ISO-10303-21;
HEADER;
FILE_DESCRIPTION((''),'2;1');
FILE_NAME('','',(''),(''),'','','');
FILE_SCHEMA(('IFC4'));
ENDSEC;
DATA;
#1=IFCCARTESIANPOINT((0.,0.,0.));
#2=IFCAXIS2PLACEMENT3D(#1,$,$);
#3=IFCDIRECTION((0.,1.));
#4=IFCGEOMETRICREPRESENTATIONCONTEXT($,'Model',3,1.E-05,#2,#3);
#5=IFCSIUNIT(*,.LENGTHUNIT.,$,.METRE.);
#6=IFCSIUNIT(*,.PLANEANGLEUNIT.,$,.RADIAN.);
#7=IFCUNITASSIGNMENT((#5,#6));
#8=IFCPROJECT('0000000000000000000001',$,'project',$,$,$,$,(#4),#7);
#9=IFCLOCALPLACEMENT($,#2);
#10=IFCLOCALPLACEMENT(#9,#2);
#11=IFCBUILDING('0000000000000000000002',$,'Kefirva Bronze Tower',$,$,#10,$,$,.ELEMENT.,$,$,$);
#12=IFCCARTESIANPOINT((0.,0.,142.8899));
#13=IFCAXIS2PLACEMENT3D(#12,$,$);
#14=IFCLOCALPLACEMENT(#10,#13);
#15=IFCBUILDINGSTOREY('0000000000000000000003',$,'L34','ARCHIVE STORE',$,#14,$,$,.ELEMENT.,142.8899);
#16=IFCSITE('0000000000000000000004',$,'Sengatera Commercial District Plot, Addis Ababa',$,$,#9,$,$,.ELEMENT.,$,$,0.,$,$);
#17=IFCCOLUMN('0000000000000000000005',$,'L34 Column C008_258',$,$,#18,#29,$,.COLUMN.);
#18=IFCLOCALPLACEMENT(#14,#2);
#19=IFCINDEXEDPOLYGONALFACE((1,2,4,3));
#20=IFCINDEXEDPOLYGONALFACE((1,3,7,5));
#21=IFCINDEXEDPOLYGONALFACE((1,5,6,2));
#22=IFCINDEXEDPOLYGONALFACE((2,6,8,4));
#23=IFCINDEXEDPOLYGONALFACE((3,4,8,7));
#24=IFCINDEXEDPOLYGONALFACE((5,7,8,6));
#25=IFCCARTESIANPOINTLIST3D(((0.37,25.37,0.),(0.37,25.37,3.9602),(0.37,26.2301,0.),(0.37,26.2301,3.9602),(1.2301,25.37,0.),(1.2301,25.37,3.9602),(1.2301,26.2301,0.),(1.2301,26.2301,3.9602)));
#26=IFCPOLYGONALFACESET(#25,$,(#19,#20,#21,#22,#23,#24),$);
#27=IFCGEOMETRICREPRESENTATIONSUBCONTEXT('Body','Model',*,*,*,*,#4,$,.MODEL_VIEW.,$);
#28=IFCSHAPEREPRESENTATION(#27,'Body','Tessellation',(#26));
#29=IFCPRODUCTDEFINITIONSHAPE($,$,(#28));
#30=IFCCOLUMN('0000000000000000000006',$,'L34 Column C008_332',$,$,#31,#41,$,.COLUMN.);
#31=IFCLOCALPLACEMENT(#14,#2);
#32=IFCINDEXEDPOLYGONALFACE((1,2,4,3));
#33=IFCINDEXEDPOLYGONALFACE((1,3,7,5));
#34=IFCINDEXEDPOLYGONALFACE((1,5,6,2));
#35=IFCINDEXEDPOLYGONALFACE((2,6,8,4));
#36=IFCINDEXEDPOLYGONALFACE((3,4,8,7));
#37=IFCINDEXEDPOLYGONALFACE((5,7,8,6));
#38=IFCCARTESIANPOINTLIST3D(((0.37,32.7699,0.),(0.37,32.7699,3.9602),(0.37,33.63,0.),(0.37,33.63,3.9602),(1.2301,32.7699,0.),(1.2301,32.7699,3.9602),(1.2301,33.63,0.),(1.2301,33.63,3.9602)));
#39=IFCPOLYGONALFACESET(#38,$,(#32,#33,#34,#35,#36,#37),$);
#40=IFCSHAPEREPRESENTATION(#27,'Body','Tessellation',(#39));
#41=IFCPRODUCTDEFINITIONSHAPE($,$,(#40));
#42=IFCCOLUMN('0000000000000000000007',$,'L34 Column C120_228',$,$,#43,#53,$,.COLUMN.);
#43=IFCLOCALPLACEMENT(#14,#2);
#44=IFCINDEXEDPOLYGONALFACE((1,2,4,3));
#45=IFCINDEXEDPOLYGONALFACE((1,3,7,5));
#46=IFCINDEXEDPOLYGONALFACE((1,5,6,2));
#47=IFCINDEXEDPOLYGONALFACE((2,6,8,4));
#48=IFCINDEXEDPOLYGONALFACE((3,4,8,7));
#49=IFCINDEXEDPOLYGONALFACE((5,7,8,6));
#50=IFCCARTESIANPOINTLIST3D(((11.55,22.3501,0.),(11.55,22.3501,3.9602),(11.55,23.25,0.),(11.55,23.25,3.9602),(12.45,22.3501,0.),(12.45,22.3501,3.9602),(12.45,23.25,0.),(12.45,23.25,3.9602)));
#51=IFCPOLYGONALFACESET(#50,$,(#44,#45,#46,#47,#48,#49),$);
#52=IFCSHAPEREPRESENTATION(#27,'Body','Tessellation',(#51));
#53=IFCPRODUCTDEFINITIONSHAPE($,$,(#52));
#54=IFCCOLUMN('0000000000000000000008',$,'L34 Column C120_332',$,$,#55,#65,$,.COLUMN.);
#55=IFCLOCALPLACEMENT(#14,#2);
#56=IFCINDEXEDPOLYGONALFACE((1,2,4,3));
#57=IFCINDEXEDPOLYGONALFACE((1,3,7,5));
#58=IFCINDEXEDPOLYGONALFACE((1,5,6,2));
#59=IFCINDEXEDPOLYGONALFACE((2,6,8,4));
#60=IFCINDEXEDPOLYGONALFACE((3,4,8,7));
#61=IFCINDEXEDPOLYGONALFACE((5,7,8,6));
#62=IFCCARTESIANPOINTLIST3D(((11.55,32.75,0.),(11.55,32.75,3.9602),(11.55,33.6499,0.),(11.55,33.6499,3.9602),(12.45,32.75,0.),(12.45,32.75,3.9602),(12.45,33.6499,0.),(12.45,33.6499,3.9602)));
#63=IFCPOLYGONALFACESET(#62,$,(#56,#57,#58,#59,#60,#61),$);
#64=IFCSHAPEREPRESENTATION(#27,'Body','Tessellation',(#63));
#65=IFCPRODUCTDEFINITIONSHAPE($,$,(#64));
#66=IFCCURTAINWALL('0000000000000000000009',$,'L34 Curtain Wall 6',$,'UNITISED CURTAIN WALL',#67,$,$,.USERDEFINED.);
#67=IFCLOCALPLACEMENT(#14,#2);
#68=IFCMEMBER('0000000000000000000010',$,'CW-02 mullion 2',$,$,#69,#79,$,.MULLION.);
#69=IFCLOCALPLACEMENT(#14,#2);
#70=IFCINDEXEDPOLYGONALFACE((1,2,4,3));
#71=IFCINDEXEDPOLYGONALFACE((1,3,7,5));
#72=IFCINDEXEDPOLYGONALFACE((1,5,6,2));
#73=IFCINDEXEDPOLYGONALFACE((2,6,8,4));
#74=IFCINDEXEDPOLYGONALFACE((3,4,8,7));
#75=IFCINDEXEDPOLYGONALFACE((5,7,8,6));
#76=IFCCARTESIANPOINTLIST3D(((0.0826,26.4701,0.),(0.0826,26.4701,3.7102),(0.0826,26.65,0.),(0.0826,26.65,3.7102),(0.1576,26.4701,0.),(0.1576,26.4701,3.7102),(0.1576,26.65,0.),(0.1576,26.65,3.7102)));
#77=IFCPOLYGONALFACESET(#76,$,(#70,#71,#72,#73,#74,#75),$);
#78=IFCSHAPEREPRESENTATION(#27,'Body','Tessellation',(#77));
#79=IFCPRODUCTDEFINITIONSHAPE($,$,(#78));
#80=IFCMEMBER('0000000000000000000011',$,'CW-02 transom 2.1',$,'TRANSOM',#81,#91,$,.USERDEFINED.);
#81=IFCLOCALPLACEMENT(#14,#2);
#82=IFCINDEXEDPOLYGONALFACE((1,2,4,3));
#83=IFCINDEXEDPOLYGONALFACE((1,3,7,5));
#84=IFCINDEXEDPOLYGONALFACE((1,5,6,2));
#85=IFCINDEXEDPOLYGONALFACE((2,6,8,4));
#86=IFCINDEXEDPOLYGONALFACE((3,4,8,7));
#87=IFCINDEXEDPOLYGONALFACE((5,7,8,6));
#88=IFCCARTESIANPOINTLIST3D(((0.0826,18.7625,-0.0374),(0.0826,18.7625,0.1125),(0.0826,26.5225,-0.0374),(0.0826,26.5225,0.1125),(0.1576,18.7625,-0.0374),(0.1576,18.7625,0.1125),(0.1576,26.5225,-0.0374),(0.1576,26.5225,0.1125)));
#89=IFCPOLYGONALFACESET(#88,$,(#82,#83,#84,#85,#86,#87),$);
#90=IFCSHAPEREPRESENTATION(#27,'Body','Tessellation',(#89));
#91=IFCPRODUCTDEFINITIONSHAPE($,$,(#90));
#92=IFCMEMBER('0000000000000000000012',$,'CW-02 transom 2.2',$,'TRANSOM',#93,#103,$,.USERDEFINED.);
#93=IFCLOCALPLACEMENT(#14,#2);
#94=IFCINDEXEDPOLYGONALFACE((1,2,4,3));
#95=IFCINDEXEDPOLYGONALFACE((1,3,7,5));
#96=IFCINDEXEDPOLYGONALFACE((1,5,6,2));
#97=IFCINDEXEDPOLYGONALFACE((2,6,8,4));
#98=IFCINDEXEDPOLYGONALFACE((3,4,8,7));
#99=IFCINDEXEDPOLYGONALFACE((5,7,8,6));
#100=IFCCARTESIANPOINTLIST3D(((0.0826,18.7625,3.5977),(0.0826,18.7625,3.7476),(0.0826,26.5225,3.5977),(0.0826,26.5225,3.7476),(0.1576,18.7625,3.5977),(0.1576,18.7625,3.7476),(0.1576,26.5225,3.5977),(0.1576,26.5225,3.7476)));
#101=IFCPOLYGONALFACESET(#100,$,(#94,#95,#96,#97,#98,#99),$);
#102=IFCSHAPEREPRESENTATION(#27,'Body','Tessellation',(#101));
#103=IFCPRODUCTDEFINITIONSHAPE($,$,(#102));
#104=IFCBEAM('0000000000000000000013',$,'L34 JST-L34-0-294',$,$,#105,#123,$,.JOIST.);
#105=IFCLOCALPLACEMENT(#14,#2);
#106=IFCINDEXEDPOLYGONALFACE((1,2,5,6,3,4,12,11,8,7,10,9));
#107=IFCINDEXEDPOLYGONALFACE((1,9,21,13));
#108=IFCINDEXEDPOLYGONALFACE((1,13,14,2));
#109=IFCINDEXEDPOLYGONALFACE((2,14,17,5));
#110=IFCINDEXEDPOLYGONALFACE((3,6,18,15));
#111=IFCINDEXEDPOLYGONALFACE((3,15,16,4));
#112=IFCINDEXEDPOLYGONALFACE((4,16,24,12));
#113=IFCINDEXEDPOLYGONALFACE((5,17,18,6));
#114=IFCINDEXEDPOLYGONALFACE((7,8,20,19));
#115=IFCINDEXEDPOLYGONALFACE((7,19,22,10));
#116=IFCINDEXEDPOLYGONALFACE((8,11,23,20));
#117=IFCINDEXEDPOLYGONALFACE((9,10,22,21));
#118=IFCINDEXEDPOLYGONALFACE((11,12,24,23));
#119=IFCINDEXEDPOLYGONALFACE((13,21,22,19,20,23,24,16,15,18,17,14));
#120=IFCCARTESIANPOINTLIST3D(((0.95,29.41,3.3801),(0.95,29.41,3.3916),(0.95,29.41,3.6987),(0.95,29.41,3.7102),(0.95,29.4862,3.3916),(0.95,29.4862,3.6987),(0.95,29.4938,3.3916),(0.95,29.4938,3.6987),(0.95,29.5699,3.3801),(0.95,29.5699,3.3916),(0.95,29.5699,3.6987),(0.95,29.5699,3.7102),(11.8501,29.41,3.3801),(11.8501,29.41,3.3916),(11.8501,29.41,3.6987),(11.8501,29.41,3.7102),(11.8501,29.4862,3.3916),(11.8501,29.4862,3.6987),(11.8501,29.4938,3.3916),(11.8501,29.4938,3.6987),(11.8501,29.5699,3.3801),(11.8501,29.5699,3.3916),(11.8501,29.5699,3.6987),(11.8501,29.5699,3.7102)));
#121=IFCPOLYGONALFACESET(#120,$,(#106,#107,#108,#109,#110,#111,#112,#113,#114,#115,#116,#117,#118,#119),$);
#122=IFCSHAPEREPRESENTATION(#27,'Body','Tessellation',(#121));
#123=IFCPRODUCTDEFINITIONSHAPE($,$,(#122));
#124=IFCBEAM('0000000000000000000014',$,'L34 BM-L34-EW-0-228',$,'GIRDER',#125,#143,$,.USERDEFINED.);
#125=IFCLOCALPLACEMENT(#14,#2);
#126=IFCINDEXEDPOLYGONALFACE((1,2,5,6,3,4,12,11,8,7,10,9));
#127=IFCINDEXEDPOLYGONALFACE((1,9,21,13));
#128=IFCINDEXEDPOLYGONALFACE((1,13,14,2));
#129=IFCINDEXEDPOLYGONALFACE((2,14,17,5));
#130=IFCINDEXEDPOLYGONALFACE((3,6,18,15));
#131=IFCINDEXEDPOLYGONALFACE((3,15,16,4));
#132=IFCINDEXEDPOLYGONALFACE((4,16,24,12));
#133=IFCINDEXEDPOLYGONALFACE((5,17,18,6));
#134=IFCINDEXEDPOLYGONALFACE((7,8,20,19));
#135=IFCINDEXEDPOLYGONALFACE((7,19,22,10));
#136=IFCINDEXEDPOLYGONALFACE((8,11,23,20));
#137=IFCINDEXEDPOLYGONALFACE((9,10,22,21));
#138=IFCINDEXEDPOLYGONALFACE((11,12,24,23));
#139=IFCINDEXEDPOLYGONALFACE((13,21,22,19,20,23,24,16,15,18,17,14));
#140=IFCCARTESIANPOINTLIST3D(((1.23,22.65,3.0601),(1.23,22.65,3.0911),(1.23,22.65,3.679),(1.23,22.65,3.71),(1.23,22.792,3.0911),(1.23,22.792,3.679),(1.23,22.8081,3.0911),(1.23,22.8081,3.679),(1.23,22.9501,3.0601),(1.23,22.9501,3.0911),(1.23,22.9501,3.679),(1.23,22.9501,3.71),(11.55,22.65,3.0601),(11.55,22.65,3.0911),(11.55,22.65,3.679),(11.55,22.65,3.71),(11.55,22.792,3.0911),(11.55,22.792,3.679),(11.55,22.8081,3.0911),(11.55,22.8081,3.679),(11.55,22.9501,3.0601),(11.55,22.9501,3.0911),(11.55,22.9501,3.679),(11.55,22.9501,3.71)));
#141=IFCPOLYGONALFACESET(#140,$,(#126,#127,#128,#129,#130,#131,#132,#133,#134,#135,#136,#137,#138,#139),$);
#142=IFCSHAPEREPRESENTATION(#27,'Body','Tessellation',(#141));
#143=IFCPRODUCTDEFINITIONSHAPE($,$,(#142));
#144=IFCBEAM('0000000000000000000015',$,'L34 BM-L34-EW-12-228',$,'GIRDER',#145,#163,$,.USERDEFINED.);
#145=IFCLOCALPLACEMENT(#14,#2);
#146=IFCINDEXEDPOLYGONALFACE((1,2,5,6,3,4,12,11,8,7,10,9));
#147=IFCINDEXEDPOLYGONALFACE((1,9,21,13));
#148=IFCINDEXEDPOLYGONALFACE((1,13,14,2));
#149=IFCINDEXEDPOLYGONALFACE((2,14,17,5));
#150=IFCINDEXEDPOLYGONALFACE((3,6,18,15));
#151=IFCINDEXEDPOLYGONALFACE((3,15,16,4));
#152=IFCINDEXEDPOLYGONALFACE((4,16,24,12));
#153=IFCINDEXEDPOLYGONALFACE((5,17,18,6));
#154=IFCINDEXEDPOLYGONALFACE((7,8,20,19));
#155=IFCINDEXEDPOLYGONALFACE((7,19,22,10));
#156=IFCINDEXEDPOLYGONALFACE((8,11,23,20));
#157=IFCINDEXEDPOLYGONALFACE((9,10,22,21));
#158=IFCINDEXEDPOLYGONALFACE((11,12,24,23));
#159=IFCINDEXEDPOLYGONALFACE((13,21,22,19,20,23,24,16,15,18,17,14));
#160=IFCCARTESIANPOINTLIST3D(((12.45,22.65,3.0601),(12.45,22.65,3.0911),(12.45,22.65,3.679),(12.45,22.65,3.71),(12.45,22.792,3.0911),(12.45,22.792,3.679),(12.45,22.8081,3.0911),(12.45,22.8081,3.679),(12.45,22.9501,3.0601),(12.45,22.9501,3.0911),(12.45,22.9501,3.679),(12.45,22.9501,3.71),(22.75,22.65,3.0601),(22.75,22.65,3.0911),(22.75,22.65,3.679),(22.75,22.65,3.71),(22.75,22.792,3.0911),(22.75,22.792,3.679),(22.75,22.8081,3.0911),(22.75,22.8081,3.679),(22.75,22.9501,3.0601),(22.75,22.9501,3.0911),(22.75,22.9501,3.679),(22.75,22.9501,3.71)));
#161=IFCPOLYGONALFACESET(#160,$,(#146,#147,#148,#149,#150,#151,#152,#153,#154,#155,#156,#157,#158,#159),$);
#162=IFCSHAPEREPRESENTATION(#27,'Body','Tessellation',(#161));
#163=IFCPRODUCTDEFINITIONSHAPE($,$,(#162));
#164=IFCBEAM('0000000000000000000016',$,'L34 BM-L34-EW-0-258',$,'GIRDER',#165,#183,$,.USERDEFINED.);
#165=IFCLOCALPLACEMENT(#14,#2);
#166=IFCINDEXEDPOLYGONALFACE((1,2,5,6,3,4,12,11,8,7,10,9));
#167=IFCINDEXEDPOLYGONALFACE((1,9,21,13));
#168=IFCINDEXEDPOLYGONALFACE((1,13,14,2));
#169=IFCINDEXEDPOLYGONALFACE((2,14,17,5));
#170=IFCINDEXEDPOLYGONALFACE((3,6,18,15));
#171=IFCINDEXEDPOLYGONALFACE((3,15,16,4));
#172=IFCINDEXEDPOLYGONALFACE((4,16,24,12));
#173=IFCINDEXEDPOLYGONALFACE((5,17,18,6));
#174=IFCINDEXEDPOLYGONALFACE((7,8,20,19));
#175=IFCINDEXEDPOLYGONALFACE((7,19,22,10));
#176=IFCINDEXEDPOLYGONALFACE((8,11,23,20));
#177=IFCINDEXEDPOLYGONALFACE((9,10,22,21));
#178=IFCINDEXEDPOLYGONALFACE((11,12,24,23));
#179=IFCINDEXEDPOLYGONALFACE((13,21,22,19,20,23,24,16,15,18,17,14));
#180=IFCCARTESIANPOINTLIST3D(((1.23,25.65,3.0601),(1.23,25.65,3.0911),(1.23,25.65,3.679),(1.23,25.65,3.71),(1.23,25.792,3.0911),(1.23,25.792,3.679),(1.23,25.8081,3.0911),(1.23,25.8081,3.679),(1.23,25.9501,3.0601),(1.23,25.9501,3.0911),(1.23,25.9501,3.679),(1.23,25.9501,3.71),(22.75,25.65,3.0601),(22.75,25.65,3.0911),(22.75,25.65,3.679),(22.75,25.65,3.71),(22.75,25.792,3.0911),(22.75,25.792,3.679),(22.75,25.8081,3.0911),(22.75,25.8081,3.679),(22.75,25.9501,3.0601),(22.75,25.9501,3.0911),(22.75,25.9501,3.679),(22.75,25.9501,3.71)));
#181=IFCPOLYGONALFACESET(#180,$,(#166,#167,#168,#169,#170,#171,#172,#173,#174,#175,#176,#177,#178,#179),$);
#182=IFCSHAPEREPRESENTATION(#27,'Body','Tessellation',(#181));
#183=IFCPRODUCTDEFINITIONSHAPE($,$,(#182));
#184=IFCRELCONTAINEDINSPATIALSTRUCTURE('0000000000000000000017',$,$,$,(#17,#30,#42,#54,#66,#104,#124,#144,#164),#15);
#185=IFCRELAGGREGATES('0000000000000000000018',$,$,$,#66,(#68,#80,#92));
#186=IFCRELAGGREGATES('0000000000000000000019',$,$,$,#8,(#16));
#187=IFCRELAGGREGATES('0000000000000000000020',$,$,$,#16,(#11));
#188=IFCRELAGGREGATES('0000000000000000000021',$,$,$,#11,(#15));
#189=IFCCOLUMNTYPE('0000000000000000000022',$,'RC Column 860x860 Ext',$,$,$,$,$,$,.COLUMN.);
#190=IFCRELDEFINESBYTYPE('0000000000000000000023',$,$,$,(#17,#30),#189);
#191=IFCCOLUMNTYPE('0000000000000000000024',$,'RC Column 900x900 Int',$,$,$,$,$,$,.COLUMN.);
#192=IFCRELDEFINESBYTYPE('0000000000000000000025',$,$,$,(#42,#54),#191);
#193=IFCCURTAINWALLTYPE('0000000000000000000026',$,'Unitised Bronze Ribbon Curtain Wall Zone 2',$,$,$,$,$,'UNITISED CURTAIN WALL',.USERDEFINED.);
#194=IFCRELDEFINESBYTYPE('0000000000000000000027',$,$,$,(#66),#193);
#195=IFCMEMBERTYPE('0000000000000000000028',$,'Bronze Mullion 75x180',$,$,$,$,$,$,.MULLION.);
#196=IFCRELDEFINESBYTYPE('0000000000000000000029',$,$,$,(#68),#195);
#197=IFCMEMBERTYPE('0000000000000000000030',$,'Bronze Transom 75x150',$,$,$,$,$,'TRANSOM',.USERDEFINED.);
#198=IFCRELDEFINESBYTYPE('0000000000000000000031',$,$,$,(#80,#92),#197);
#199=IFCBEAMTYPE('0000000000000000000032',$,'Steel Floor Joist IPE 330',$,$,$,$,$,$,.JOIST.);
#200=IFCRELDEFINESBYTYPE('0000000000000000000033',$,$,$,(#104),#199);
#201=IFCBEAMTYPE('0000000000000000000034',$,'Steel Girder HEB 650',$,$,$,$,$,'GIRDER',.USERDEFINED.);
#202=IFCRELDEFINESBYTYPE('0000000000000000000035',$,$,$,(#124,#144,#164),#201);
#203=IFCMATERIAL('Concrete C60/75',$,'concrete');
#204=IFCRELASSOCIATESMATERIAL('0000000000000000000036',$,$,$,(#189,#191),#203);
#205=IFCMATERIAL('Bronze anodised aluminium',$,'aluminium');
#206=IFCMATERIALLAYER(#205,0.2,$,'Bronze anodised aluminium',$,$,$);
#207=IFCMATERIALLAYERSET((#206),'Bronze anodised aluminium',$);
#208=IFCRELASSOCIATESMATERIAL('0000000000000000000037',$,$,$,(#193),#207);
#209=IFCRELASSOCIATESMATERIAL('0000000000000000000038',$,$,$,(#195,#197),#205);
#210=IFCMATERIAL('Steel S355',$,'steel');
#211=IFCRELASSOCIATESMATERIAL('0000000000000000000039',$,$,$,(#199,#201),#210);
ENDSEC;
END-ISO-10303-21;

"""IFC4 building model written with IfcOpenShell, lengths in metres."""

from ifc_helpers import new_model, si_unit, direction, frame, origin, origin_2d, place, context, subcontext, project, spatial, rectangle, i_section, extrude, material, layer, layer_set, material_profile, profile_set, type_object, element, aggregate, save


model = new_model("IFC4")

# Units and contexts
model_context = context("Model", 3, precision=1e-05, world=origin(), true_north=direction((0.0, 1.0)))
body_context = subcontext(model_context, "Body", "Model", "MODEL_VIEW")
ifc_project = project(units=[si_unit("LENGTHUNIT", "METRE"), si_unit("PLANEANGLEUNIT", "RADIAN")], contexts=[model_context])

# Site, building, storey
site_placement = place(None, origin())
site = spatial("IfcSite", under=ifc_project, at=site_placement, Name="Sengatera Commercial District Plot, Addis Ababa", CompositionType="ELEMENT", RefElevation=0.0)
building_placement = place(site_placement, origin())
building = spatial("IfcBuilding", under=site, at=building_placement, Name="Kefirva Bronze Tower", CompositionType="ELEMENT")
storey_placement = place(building_placement, frame((0.0, 0.0, 142.8899)))
storey = spatial("IfcBuildingStorey", under=building, at=storey_placement, Name="L34", Description="ARCHIVE STORE", CompositionType="ELEMENT", Elevation=142.8899)

# Columns
ifc_material_1 = material(Name="Concrete C60/75", Category="concrete")
ifc_material_profile_1 = material_profile(ifc_material_1, rectangle(XDim=0.8601, YDim=0.8601, at=origin_2d()), Name="RC 860x860")
ifc_profile_set_1 = profile_set([ifc_material_profile_1], Name="Concrete C60/75")
column_type_1 = type_object("IfcColumnType", Name="RC Column 860x860 Ext", PredefinedType="COLUMN", material=ifc_profile_set_1)
for number, where, z_axis, x_axis, name in (
    (1, (0.8, 25.8, 0.0), (0.0, 0.0, 1.0), (1.0, 0.0, 0.0), "L34 Column C008_258"),
    (2, (0.8, 33.2, 0.0), (0.0, 0.0, 1.0), (1.0, 0.0, 0.0), "L34 Column C008_332"),
):
    element("IfcColumn", number, at=place(storey_placement, frame(where, z_axis=z_axis, x_axis=x_axis)), inside=storey, type_object=column_type_1, Name=name, PredefinedType="COLUMN", context=body_context, shape_type="SweptSolid", body=[
        extrude(rectangle(XDim=0.8601, YDim=0.8601, at=origin_2d()), origin(), (0.0, 0.0, 1.0), 3.9602),
    ])
ifc_material_profile_2 = material_profile(ifc_material_1, rectangle(XDim=0.8999, YDim=0.8999, at=origin_2d()), Name="RC 900x900")
ifc_profile_set_2 = profile_set([ifc_material_profile_2], Name="Concrete C60/75")
column_type_2 = type_object("IfcColumnType", Name="RC Column 900x900 Int", PredefinedType="COLUMN", material=ifc_profile_set_2)
for number, where, z_axis, x_axis, name in (
    (3, (12.0, 22.8, 0.0), (0.0, 0.0, 1.0), (1.0, 0.0, 0.0), "L34 Column C120_228"),
    (4, (12.0, 33.2, 0.0), (0.0, 0.0, 1.0), (1.0, 0.0, 0.0), "L34 Column C120_332"),
):
    element("IfcColumn", number, at=place(storey_placement, frame(where, z_axis=z_axis, x_axis=x_axis)), inside=storey, type_object=column_type_2, Name=name, PredefinedType="COLUMN", context=body_context, shape_type="SweptSolid", body=[
        extrude(rectangle(XDim=0.8999, YDim=0.8999, at=origin_2d()), origin(), (0.0, 0.0, 1.0), 3.9602),
    ])

# Curtain wall, members
ifc_material_2 = material(Name="Bronze anodised aluminium", Category="aluminium")
ifc_layer_1 = layer(ifc_material_2, 0.2, Name="Bronze anodised aluminium")
ifc_layer_set_1 = layer_set([ifc_layer_1], Name="Bronze anodised aluminium")
curtain_wall_type = type_object("IfcCurtainWallType", Name="Unitised Bronze Ribbon Curtain Wall Zone 2", ElementType="UNITISED CURTAIN WALL", PredefinedType="USERDEFINED", material=ifc_layer_set_1)
curtain_wall_placement = place(storey_placement, origin())
curtain_wall = element("IfcCurtainWall", 5, at=curtain_wall_placement, inside=storey, type_object=curtain_wall_type, Name="L34 Curtain Wall 6", ObjectType="UNITISED CURTAIN WALL", PredefinedType="USERDEFINED")
ifc_material_profile_3 = material_profile(ifc_material_2, rectangle(XDim=0.075, YDim=0.1799, at=origin_2d()), Name="ALU 75x180")
ifc_profile_set_3 = profile_set([ifc_material_profile_3], Name="Bronze anodised aluminium")
member_type_1 = type_object("IfcMemberType", Name="Bronze Mullion 75x180", PredefinedType="MULLION", material=ifc_profile_set_3)
member_1_placement = place(storey_placement, frame((0.1201, 26.5601, 0.0), z_axis=(0.0, 0.0, 1.0), x_axis=(1.0, 0.0, 0.0)))
member_1 = element("IfcMember", 6, at=member_1_placement, type_object=member_type_1, Name="CW-02 mullion 2", PredefinedType="MULLION", context=body_context, shape_type="SweptSolid", body=[
    extrude(rectangle(XDim=0.075, YDim=0.1799, at=origin_2d()), origin(), (0.0, 0.0, 1.0), 3.7102),
])
ifc_material_profile_4 = material_profile(ifc_material_2, rectangle(XDim=0.075, YDim=0.1499, at=origin_2d()), Name="ALU 75x150")
ifc_profile_set_4 = profile_set([ifc_material_profile_4], Name="Bronze anodised aluminium")
member_type_2 = type_object("IfcMemberType", Name="Bronze Transom 75x150", ElementType="TRANSOM", PredefinedType="USERDEFINED", material=ifc_profile_set_4)
member_2_placement = place(storey_placement, frame((0.1201, 26.5225, 0.0376), z_axis=(0.0, -1.0, 0.0), x_axis=(1.0, 0.0, 0.0)))
member_2 = element("IfcMember", 7, at=member_2_placement, type_object=member_type_2, Name="CW-02 transom 2.1", ObjectType="TRANSOM", PredefinedType="USERDEFINED", context=body_context, shape_type="SweptSolid", body=[
    extrude(rectangle(XDim=0.075, YDim=0.1499, at=origin_2d()), origin(), (0.0, 0.0, 1.0), 7.76),
])
member_3_placement = place(storey_placement, frame((0.1201, 26.5225, 3.6726), z_axis=(0.0, -1.0, 0.0), x_axis=(1.0, 0.0, 0.0)))
member_3 = element("IfcMember", 8, at=member_3_placement, type_object=member_type_2, Name="CW-02 transom 2.2", ObjectType="TRANSOM", PredefinedType="USERDEFINED", context=body_context, shape_type="SweptSolid", body=[
    extrude(rectangle(XDim=0.075, YDim=0.1499, at=origin_2d()), origin(), (0.0, 0.0, 1.0), 7.76),
])

# Beams
ifc_material_3 = material(Name="Steel S355", Category="steel")
ifc_material_profile_5 = material_profile(ifc_material_3, i_section(OverallWidth=0.1599, OverallDepth=0.3301, WebThickness=0.0076, FlangeThickness=0.0115, at=origin_2d()), Name="IPE 330")
ifc_profile_set_5 = profile_set([ifc_material_profile_5], Name="Steel S355")
beam_type_1 = type_object("IfcBeamType", Name="Steel Floor Joist IPE 330", PredefinedType="JOIST", material=ifc_profile_set_5)
beam_1_placement = place(storey_placement, frame((0.95, 29.49, 3.5452), z_axis=(1.0, 0.0, 0.0), x_axis=(0.0, 1.0, 0.0)))
element("IfcBeam", 9, at=beam_1_placement, inside=storey, type_object=beam_type_1, Name="L34 JST-L34-0-294", PredefinedType="JOIST", context=body_context, shape_type="SweptSolid", body=[
    extrude(i_section(OverallWidth=0.1599, OverallDepth=0.3301, WebThickness=0.0076, FlangeThickness=0.0115, at=origin_2d()), origin(), (0.0, 0.0, 1.0), 10.9001),
])
ifc_material_profile_6 = material_profile(ifc_material_3, i_section(OverallWidth=0.3, OverallDepth=0.6499, WebThickness=0.0161, FlangeThickness=0.031, at=origin_2d()), Name="HEB 650")
ifc_profile_set_6 = profile_set([ifc_material_profile_6], Name="Steel S355")
beam_type_2 = type_object("IfcBeamType", Name="Steel Girder HEB 650", ElementType="GIRDER", PredefinedType="USERDEFINED", material=ifc_profile_set_6)
beam_2_placement = place(storey_placement, frame((1.23, 22.8, 3.385), z_axis=(1.0, 0.0, 0.0), x_axis=(0.0, 1.0, 0.0)))
element("IfcBeam", 10, at=beam_2_placement, inside=storey, type_object=beam_type_2, Name="L34 BM-L34-EW-0-228", ObjectType="GIRDER", PredefinedType="USERDEFINED", context=body_context, shape_type="SweptSolid", body=[
    extrude(i_section(OverallWidth=0.3, OverallDepth=0.6499, WebThickness=0.0161, FlangeThickness=0.031, at=origin_2d()), origin(), (0.0, 0.0, 1.0), 10.3201),
])
beam_3_placement = place(storey_placement, frame((12.45, 22.8, 3.385), z_axis=(1.0, 0.0, 0.0), x_axis=(0.0, 1.0, 0.0)))
element("IfcBeam", 11, at=beam_3_placement, inside=storey, type_object=beam_type_2, Name="L34 BM-L34-EW-12-228", ObjectType="GIRDER", PredefinedType="USERDEFINED", context=body_context, shape_type="SweptSolid", body=[
    extrude(i_section(OverallWidth=0.3, OverallDepth=0.6499, WebThickness=0.0161, FlangeThickness=0.031, at=origin_2d()), origin(), (0.0, 0.0, 1.0), 10.3),
])
beam_4_placement = place(storey_placement, frame((1.23, 25.8, 3.385), z_axis=(1.0, 0.0, 0.0), x_axis=(0.0, 1.0, 0.0)))
element("IfcBeam", 12, at=beam_4_placement, inside=storey, type_object=beam_type_2, Name="L34 BM-L34-EW-0-258", ObjectType="GIRDER", PredefinedType="USERDEFINED", context=body_context, shape_type="SweptSolid", body=[
    extrude(i_section(OverallWidth=0.3, OverallDepth=0.6499, WebThickness=0.0161, FlangeThickness=0.031, at=origin_2d()), origin(), (0.0, 0.0, 1.0), 21.52),
])

aggregate(curtain_wall, [member_1, member_2, member_3])

save(model, "model.ifc")
